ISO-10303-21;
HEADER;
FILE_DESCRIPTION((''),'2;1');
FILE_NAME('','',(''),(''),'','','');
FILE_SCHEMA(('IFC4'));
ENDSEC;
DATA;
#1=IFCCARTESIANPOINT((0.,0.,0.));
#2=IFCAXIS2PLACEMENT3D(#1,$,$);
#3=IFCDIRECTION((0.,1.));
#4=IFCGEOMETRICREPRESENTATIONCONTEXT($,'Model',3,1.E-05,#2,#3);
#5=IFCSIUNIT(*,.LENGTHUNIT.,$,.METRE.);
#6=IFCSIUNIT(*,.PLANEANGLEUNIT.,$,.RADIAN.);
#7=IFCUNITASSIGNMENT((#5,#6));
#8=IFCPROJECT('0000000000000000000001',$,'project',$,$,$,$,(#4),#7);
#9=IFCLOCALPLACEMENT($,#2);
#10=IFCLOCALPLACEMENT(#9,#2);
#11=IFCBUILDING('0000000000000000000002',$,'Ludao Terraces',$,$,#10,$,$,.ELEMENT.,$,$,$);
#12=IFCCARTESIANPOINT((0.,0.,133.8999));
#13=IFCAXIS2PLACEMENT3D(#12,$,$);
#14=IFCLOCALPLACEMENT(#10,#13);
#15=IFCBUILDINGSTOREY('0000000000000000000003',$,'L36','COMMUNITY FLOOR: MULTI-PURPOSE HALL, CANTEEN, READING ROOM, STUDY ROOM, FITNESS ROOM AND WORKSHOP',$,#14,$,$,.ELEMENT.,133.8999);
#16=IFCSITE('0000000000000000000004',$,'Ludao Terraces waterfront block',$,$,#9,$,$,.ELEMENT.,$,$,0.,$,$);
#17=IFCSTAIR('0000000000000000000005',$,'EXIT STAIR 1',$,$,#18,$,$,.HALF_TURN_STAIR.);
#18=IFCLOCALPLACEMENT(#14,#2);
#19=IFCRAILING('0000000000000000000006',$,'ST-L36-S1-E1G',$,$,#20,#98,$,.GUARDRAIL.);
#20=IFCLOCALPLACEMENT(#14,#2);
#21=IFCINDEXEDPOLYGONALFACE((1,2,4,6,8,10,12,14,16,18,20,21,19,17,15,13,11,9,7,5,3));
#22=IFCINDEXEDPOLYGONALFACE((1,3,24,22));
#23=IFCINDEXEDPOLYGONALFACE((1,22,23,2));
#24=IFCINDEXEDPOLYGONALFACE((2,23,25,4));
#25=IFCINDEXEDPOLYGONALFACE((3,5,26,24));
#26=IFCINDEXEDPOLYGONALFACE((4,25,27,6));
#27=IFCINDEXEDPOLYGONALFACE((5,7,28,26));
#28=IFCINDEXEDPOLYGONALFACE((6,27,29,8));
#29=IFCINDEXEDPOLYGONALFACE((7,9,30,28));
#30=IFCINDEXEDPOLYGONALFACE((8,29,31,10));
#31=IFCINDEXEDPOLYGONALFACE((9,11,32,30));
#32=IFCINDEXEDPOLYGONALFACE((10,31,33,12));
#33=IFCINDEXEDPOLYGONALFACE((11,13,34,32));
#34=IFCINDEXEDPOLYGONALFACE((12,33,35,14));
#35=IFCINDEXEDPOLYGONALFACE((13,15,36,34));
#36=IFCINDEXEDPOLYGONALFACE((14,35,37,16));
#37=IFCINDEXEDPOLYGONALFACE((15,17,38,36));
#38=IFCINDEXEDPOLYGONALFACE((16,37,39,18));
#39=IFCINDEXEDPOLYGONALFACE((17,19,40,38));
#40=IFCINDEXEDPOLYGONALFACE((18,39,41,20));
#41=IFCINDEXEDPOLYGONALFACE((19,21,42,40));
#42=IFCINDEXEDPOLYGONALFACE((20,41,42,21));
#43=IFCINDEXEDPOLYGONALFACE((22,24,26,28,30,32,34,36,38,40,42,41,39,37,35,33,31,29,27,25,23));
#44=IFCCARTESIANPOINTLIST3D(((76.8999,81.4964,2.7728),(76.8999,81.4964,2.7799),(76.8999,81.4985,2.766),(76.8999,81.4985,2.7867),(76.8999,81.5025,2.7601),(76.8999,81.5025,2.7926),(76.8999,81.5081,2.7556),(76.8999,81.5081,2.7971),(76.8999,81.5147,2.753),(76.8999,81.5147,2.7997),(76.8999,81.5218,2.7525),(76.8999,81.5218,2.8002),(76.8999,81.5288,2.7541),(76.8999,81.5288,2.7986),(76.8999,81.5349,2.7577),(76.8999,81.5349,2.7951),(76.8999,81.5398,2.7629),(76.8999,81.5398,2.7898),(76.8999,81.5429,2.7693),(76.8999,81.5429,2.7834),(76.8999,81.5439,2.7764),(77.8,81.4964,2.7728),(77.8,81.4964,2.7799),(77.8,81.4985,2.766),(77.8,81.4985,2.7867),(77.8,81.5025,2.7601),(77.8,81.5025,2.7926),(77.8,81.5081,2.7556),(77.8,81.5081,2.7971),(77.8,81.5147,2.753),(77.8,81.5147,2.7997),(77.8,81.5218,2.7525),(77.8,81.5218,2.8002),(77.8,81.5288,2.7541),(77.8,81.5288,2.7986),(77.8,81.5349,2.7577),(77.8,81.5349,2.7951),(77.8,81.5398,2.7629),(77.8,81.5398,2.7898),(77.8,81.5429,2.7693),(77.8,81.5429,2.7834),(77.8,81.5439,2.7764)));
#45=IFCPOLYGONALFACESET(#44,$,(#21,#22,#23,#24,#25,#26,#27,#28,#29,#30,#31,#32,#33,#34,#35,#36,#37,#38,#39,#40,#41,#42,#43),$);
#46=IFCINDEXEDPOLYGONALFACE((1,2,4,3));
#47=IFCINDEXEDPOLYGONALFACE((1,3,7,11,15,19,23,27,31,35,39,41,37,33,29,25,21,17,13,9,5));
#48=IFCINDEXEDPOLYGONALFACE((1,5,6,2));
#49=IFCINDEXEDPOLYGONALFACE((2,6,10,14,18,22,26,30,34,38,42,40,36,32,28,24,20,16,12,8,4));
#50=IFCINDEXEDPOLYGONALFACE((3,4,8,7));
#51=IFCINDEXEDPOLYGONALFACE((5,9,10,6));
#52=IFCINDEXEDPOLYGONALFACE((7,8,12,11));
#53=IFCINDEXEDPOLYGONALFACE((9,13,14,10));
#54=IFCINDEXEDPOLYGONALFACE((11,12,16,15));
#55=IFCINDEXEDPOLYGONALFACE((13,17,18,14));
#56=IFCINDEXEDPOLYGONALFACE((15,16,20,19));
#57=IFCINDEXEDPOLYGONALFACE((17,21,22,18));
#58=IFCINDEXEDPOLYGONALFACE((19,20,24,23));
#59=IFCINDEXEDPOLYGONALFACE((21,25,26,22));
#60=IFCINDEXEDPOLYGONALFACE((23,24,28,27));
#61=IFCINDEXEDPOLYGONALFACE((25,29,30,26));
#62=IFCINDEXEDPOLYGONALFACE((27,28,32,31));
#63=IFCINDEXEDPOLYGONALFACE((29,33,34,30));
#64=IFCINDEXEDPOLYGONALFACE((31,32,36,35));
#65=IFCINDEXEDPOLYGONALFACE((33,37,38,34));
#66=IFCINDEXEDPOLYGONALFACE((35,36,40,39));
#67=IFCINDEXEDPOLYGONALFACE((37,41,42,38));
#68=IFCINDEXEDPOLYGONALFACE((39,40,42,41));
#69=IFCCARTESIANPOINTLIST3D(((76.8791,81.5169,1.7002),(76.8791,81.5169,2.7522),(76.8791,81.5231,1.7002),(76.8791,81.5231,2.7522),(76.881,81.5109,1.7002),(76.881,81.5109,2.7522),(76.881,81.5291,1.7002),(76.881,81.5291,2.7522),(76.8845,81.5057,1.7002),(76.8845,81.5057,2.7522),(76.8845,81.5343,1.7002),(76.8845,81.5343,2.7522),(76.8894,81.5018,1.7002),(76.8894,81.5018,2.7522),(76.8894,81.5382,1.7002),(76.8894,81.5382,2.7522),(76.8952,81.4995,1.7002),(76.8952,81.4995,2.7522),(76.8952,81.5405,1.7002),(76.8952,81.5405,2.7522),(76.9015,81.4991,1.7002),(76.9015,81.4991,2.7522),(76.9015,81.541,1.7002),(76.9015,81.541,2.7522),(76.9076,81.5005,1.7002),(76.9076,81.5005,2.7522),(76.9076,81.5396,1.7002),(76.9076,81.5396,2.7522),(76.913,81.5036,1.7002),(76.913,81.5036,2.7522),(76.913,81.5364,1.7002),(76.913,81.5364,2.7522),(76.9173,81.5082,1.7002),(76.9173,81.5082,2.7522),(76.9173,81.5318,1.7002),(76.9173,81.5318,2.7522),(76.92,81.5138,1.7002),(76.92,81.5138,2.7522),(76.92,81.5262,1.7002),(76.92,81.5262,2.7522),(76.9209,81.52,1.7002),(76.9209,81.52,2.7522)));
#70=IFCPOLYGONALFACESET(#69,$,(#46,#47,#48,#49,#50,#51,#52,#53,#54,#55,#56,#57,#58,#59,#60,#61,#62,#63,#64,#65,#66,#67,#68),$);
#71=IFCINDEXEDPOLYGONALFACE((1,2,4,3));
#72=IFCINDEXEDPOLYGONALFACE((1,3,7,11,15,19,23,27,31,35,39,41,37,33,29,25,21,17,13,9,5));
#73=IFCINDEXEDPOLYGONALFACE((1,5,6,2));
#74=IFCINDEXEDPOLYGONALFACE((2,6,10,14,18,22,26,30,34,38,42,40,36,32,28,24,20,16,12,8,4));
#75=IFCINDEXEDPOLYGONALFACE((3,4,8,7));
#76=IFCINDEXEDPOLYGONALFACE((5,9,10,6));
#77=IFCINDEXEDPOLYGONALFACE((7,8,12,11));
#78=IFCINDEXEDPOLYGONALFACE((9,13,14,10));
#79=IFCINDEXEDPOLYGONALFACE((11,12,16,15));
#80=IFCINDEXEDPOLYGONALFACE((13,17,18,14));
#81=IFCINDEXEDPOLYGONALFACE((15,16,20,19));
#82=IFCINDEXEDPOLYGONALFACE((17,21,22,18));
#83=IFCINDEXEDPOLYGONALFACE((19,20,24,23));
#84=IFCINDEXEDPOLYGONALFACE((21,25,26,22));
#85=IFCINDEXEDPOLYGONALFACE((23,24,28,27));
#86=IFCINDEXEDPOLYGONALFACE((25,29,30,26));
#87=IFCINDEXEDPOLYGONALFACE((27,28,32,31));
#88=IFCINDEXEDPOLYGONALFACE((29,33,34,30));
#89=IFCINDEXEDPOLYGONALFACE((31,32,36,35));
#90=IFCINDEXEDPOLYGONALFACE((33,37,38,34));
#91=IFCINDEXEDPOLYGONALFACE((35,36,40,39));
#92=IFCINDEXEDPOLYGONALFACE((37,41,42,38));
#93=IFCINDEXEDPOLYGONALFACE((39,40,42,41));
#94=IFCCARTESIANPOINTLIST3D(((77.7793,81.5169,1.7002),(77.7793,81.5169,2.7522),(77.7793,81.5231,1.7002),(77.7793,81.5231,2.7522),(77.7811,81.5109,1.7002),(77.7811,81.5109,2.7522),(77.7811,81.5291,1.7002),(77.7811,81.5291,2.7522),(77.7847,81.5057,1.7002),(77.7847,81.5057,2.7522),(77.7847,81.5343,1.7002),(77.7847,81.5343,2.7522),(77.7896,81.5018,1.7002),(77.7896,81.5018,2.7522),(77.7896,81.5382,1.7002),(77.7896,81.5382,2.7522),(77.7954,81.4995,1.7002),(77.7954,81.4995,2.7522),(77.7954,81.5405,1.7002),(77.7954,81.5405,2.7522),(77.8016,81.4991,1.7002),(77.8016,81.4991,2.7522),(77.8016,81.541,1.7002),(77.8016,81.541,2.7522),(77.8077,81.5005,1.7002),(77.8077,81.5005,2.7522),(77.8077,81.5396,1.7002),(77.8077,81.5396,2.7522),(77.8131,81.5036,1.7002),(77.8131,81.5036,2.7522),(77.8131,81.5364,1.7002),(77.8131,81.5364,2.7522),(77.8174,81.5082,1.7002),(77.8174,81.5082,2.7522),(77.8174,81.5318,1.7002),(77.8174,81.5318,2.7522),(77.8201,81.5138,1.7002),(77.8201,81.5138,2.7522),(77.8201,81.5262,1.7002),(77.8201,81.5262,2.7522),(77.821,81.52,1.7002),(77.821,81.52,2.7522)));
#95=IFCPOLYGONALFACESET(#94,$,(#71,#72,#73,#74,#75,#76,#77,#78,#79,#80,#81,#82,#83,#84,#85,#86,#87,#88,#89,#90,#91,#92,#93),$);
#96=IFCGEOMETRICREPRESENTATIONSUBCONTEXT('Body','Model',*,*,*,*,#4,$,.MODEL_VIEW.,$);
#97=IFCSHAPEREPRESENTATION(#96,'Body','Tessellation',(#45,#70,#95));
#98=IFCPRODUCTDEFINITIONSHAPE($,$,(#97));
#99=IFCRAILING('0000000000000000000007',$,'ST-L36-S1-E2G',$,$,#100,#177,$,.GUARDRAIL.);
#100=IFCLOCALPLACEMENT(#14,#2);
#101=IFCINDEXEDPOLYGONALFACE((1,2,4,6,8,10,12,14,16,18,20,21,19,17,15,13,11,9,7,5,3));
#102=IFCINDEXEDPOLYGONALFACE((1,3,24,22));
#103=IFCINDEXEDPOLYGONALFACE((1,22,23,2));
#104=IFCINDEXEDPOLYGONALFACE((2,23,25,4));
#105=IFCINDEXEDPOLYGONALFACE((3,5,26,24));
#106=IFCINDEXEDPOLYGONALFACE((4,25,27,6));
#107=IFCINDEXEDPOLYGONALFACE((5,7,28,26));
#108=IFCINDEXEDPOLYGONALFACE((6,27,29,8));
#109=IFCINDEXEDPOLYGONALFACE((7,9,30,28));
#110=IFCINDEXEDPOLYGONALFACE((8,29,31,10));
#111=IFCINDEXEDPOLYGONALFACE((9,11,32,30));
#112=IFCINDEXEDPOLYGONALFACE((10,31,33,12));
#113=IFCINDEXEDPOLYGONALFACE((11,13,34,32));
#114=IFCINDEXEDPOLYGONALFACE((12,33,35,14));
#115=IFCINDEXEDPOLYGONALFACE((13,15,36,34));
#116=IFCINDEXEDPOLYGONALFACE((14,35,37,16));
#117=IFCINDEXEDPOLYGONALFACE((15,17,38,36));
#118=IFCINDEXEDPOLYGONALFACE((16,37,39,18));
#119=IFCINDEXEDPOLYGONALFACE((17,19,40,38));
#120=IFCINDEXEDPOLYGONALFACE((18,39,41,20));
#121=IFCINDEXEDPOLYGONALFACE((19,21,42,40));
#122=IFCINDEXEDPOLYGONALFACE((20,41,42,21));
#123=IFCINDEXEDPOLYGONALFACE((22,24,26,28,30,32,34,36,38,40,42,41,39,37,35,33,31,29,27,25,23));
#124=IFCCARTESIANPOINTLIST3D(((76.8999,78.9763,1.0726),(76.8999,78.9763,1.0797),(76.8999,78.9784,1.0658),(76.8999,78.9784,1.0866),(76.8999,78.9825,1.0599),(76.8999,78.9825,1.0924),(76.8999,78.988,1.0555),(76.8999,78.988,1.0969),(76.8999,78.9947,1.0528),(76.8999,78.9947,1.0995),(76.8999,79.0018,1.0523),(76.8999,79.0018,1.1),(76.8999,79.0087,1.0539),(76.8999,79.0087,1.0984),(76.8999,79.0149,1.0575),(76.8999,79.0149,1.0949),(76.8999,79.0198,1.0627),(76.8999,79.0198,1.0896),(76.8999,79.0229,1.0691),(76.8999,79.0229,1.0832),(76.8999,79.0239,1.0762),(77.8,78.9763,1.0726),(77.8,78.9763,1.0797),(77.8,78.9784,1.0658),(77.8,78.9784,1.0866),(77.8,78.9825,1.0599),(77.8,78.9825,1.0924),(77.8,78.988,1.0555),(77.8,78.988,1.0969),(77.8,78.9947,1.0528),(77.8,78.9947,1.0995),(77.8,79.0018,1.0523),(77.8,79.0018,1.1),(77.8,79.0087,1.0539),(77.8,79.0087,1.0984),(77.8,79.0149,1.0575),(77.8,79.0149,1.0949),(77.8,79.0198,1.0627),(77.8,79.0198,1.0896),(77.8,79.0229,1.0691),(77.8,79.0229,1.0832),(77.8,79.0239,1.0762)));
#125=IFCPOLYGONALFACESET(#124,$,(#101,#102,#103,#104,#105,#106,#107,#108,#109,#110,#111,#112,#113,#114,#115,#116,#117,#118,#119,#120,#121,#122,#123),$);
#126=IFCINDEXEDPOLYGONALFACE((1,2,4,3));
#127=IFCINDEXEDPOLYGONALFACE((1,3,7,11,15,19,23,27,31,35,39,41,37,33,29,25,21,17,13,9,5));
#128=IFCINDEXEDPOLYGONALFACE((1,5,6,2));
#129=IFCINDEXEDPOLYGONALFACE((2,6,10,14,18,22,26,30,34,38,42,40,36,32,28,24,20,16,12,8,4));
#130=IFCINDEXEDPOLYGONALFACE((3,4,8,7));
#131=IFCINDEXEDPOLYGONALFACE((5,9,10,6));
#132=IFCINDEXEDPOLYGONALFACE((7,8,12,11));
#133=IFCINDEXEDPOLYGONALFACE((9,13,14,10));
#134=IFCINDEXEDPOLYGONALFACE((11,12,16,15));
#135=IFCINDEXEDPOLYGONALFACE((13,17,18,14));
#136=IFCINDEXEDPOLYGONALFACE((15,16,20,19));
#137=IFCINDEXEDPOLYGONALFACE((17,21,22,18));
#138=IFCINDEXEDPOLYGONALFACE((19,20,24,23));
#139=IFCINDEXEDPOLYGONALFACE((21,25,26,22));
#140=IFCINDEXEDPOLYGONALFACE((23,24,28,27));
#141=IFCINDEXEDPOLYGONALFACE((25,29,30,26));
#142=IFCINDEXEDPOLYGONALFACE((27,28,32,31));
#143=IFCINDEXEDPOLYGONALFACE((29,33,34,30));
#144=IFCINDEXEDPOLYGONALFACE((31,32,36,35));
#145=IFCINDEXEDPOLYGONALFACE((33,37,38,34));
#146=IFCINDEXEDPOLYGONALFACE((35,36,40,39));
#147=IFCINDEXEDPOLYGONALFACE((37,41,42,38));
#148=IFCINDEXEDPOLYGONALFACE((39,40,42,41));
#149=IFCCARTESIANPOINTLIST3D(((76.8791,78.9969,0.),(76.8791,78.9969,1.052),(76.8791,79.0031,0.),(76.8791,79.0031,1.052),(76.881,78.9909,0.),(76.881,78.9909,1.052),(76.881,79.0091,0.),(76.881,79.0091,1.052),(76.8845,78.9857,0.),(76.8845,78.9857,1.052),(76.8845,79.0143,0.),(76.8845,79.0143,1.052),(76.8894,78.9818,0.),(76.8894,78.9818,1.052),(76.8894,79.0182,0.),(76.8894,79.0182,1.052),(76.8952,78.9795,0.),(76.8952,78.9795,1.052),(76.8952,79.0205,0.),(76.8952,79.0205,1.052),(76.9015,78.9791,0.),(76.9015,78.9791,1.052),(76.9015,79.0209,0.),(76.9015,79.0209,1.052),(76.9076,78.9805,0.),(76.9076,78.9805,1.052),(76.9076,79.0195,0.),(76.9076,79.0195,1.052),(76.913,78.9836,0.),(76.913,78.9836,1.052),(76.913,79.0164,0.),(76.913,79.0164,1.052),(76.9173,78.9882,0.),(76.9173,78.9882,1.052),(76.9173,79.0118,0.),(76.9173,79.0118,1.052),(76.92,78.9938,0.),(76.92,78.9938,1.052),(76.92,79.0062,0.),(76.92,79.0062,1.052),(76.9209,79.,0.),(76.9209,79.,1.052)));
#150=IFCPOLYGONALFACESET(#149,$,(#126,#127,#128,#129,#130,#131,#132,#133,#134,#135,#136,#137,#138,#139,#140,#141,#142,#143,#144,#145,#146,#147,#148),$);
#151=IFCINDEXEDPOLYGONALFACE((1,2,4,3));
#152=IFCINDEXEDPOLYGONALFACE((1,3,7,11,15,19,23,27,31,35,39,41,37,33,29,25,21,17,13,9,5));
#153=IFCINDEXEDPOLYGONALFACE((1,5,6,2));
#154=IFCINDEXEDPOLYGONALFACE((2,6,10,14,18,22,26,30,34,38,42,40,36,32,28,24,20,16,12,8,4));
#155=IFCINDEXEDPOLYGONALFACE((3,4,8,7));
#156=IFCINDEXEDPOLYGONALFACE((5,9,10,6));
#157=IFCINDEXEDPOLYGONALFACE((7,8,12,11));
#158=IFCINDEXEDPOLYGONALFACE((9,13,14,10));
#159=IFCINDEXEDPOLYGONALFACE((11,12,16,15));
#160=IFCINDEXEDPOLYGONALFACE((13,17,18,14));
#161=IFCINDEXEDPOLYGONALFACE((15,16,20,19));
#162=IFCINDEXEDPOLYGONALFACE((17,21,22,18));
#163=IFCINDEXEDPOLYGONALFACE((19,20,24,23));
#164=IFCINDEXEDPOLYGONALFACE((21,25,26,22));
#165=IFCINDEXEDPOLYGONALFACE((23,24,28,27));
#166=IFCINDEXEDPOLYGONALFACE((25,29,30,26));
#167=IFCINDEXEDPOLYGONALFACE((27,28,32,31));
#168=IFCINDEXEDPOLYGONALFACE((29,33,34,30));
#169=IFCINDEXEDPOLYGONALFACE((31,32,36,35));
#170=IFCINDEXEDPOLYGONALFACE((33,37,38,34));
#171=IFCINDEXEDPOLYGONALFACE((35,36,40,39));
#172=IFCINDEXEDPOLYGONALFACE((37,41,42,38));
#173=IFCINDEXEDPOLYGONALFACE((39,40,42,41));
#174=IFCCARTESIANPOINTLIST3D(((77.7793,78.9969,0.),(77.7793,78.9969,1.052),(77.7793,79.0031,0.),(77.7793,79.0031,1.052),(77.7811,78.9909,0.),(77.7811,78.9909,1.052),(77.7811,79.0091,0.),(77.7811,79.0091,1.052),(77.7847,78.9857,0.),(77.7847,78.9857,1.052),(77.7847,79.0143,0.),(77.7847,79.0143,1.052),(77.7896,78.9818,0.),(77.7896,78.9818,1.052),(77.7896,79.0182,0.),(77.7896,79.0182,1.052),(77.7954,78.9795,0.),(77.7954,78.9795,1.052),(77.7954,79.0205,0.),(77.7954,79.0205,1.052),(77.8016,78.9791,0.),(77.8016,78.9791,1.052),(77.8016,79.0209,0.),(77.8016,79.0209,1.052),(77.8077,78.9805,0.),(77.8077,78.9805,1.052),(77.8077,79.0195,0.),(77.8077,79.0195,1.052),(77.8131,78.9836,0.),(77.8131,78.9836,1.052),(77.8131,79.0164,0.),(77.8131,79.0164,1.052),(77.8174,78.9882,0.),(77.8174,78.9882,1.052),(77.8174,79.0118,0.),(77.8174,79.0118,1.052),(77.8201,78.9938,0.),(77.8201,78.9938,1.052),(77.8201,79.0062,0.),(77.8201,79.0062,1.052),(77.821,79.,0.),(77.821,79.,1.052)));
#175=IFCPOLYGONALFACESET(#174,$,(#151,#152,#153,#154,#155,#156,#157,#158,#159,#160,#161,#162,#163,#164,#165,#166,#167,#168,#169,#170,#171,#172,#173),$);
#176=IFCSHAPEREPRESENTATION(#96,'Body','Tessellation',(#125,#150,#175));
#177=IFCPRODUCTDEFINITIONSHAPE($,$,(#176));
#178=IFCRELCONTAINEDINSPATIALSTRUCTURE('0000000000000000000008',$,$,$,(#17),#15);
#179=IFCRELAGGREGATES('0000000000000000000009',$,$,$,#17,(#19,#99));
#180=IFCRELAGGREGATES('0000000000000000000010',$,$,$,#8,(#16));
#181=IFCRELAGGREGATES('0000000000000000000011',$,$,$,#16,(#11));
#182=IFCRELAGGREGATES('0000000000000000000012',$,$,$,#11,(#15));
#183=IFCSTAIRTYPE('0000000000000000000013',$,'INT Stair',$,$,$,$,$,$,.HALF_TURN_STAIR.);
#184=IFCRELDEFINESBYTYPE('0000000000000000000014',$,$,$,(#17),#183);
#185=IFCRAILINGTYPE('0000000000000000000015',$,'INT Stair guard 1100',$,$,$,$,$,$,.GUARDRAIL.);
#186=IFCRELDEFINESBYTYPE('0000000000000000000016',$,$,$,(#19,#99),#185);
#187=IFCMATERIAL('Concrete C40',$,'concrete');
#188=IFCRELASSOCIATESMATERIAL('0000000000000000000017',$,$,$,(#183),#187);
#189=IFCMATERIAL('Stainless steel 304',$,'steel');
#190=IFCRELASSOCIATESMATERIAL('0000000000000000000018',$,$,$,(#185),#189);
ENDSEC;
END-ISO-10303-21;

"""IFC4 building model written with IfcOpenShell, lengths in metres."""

from ifc_helpers import new_model, si_unit, direction, frame, origin, origin_2d, place, context, subcontext, project, spatial, circle, extrude, material, type_object, element, aggregate, save


model = new_model("IFC4")

# Units and contexts
model_context = context("Model", 3, precision=1e-05, world=origin(), true_north=direction((0.0, 1.0)))
body_context = subcontext(model_context, "Body", "Model", "MODEL_VIEW")
ifc_project = project(units=[si_unit("LENGTHUNIT", "METRE"), si_unit("PLANEANGLEUNIT", "RADIAN")], contexts=[model_context])

# Site, building, storey
site_placement = place(None, origin())
site = spatial("IfcSite", under=ifc_project, at=site_placement, Name="Ludao Terraces waterfront block", CompositionType="ELEMENT", RefElevation=0.0)
building_placement = place(site_placement, origin())
building = spatial("IfcBuilding", under=site, at=building_placement, Name="Ludao Terraces", CompositionType="ELEMENT")
storey_placement = place(building_placement, frame((0.0, 0.0, 133.8999)))
storey = spatial("IfcBuildingStorey", under=building, at=storey_placement, Name="L36", Description="COMMUNITY FLOOR: MULTI-PURPOSE HALL, CANTEEN, READING ROOM, STUDY ROOM, FITNESS ROOM AND WORKSHOP", CompositionType="ELEMENT", Elevation=133.8999)

# Shared definitions
ifc_material_1 = material(Name="Stainless steel 304", Category="steel")

# Stair, railings
ifc_material_2 = material(Name="Concrete C40", Category="concrete")
stair_type = type_object("IfcStairType", Name="INT Stair", PredefinedType="HALF_TURN_STAIR", material=ifc_material_2)
stair_placement = place(storey_placement, origin())
stair = element("IfcStair", 1, at=stair_placement, inside=storey, type_object=stair_type, Name="EXIT STAIR 1", PredefinedType="HALF_TURN_STAIR")
railing_type_1 = type_object("IfcRailingType", Name="INT Stair guard 1100", PredefinedType="GUARDRAIL", material=ifc_material_1)
railing_1_placement = place(storey_placement, frame((76.8999, 81.52, 1.7002)))
railing_1 = element("IfcRailing", 2, at=railing_1_placement, type_object=railing_type_1, Name="ST-L36-S1-E1G", PredefinedType="GUARDRAIL", context=body_context, shape_type="SweptSolid", body=[
    extrude(circle(Radius=0.0239, at=origin_2d()), frame((0.0, 0.0, 1.0762), z_axis=(1.0, 0.0, 0.0), x_axis=(0.0, 1.0, 0.0)), (0.0, 0.0, 1.0), 0.9001),
    extrude(circle(Radius=0.021, at=origin_2d()), origin(), (0.0, 0.0, 1.0), 1.052),
    extrude(circle(Radius=0.021, at=origin_2d()), frame((0.9001, 0.0, 0.0)), (0.0, 0.0, 1.0), 1.052),
])
railing_2_placement = place(storey_placement, frame((76.8999, 79.0, 0.0)))
railing_2 = element("IfcRailing", 3, at=railing_2_placement, type_object=railing_type_1, Name="ST-L36-S1-E2G", PredefinedType="GUARDRAIL", context=body_context, shape_type="SweptSolid", body=[
    extrude(circle(Radius=0.0239, at=origin_2d()), frame((0.0, 0.0, 1.0762), z_axis=(1.0, 0.0, 0.0), x_axis=(0.0, 1.0, 0.0)), (0.0, 0.0, 1.0), 0.9001),
    extrude(circle(Radius=0.021, at=origin_2d()), origin(), (0.0, 0.0, 1.0), 1.052),
    extrude(circle(Radius=0.021, at=origin_2d()), frame((0.9001, 0.0, 0.0)), (0.0, 0.0, 1.0), 1.052),
])
aggregate(stair, [railing_1, railing_2])

save(model, "model.ifc")
